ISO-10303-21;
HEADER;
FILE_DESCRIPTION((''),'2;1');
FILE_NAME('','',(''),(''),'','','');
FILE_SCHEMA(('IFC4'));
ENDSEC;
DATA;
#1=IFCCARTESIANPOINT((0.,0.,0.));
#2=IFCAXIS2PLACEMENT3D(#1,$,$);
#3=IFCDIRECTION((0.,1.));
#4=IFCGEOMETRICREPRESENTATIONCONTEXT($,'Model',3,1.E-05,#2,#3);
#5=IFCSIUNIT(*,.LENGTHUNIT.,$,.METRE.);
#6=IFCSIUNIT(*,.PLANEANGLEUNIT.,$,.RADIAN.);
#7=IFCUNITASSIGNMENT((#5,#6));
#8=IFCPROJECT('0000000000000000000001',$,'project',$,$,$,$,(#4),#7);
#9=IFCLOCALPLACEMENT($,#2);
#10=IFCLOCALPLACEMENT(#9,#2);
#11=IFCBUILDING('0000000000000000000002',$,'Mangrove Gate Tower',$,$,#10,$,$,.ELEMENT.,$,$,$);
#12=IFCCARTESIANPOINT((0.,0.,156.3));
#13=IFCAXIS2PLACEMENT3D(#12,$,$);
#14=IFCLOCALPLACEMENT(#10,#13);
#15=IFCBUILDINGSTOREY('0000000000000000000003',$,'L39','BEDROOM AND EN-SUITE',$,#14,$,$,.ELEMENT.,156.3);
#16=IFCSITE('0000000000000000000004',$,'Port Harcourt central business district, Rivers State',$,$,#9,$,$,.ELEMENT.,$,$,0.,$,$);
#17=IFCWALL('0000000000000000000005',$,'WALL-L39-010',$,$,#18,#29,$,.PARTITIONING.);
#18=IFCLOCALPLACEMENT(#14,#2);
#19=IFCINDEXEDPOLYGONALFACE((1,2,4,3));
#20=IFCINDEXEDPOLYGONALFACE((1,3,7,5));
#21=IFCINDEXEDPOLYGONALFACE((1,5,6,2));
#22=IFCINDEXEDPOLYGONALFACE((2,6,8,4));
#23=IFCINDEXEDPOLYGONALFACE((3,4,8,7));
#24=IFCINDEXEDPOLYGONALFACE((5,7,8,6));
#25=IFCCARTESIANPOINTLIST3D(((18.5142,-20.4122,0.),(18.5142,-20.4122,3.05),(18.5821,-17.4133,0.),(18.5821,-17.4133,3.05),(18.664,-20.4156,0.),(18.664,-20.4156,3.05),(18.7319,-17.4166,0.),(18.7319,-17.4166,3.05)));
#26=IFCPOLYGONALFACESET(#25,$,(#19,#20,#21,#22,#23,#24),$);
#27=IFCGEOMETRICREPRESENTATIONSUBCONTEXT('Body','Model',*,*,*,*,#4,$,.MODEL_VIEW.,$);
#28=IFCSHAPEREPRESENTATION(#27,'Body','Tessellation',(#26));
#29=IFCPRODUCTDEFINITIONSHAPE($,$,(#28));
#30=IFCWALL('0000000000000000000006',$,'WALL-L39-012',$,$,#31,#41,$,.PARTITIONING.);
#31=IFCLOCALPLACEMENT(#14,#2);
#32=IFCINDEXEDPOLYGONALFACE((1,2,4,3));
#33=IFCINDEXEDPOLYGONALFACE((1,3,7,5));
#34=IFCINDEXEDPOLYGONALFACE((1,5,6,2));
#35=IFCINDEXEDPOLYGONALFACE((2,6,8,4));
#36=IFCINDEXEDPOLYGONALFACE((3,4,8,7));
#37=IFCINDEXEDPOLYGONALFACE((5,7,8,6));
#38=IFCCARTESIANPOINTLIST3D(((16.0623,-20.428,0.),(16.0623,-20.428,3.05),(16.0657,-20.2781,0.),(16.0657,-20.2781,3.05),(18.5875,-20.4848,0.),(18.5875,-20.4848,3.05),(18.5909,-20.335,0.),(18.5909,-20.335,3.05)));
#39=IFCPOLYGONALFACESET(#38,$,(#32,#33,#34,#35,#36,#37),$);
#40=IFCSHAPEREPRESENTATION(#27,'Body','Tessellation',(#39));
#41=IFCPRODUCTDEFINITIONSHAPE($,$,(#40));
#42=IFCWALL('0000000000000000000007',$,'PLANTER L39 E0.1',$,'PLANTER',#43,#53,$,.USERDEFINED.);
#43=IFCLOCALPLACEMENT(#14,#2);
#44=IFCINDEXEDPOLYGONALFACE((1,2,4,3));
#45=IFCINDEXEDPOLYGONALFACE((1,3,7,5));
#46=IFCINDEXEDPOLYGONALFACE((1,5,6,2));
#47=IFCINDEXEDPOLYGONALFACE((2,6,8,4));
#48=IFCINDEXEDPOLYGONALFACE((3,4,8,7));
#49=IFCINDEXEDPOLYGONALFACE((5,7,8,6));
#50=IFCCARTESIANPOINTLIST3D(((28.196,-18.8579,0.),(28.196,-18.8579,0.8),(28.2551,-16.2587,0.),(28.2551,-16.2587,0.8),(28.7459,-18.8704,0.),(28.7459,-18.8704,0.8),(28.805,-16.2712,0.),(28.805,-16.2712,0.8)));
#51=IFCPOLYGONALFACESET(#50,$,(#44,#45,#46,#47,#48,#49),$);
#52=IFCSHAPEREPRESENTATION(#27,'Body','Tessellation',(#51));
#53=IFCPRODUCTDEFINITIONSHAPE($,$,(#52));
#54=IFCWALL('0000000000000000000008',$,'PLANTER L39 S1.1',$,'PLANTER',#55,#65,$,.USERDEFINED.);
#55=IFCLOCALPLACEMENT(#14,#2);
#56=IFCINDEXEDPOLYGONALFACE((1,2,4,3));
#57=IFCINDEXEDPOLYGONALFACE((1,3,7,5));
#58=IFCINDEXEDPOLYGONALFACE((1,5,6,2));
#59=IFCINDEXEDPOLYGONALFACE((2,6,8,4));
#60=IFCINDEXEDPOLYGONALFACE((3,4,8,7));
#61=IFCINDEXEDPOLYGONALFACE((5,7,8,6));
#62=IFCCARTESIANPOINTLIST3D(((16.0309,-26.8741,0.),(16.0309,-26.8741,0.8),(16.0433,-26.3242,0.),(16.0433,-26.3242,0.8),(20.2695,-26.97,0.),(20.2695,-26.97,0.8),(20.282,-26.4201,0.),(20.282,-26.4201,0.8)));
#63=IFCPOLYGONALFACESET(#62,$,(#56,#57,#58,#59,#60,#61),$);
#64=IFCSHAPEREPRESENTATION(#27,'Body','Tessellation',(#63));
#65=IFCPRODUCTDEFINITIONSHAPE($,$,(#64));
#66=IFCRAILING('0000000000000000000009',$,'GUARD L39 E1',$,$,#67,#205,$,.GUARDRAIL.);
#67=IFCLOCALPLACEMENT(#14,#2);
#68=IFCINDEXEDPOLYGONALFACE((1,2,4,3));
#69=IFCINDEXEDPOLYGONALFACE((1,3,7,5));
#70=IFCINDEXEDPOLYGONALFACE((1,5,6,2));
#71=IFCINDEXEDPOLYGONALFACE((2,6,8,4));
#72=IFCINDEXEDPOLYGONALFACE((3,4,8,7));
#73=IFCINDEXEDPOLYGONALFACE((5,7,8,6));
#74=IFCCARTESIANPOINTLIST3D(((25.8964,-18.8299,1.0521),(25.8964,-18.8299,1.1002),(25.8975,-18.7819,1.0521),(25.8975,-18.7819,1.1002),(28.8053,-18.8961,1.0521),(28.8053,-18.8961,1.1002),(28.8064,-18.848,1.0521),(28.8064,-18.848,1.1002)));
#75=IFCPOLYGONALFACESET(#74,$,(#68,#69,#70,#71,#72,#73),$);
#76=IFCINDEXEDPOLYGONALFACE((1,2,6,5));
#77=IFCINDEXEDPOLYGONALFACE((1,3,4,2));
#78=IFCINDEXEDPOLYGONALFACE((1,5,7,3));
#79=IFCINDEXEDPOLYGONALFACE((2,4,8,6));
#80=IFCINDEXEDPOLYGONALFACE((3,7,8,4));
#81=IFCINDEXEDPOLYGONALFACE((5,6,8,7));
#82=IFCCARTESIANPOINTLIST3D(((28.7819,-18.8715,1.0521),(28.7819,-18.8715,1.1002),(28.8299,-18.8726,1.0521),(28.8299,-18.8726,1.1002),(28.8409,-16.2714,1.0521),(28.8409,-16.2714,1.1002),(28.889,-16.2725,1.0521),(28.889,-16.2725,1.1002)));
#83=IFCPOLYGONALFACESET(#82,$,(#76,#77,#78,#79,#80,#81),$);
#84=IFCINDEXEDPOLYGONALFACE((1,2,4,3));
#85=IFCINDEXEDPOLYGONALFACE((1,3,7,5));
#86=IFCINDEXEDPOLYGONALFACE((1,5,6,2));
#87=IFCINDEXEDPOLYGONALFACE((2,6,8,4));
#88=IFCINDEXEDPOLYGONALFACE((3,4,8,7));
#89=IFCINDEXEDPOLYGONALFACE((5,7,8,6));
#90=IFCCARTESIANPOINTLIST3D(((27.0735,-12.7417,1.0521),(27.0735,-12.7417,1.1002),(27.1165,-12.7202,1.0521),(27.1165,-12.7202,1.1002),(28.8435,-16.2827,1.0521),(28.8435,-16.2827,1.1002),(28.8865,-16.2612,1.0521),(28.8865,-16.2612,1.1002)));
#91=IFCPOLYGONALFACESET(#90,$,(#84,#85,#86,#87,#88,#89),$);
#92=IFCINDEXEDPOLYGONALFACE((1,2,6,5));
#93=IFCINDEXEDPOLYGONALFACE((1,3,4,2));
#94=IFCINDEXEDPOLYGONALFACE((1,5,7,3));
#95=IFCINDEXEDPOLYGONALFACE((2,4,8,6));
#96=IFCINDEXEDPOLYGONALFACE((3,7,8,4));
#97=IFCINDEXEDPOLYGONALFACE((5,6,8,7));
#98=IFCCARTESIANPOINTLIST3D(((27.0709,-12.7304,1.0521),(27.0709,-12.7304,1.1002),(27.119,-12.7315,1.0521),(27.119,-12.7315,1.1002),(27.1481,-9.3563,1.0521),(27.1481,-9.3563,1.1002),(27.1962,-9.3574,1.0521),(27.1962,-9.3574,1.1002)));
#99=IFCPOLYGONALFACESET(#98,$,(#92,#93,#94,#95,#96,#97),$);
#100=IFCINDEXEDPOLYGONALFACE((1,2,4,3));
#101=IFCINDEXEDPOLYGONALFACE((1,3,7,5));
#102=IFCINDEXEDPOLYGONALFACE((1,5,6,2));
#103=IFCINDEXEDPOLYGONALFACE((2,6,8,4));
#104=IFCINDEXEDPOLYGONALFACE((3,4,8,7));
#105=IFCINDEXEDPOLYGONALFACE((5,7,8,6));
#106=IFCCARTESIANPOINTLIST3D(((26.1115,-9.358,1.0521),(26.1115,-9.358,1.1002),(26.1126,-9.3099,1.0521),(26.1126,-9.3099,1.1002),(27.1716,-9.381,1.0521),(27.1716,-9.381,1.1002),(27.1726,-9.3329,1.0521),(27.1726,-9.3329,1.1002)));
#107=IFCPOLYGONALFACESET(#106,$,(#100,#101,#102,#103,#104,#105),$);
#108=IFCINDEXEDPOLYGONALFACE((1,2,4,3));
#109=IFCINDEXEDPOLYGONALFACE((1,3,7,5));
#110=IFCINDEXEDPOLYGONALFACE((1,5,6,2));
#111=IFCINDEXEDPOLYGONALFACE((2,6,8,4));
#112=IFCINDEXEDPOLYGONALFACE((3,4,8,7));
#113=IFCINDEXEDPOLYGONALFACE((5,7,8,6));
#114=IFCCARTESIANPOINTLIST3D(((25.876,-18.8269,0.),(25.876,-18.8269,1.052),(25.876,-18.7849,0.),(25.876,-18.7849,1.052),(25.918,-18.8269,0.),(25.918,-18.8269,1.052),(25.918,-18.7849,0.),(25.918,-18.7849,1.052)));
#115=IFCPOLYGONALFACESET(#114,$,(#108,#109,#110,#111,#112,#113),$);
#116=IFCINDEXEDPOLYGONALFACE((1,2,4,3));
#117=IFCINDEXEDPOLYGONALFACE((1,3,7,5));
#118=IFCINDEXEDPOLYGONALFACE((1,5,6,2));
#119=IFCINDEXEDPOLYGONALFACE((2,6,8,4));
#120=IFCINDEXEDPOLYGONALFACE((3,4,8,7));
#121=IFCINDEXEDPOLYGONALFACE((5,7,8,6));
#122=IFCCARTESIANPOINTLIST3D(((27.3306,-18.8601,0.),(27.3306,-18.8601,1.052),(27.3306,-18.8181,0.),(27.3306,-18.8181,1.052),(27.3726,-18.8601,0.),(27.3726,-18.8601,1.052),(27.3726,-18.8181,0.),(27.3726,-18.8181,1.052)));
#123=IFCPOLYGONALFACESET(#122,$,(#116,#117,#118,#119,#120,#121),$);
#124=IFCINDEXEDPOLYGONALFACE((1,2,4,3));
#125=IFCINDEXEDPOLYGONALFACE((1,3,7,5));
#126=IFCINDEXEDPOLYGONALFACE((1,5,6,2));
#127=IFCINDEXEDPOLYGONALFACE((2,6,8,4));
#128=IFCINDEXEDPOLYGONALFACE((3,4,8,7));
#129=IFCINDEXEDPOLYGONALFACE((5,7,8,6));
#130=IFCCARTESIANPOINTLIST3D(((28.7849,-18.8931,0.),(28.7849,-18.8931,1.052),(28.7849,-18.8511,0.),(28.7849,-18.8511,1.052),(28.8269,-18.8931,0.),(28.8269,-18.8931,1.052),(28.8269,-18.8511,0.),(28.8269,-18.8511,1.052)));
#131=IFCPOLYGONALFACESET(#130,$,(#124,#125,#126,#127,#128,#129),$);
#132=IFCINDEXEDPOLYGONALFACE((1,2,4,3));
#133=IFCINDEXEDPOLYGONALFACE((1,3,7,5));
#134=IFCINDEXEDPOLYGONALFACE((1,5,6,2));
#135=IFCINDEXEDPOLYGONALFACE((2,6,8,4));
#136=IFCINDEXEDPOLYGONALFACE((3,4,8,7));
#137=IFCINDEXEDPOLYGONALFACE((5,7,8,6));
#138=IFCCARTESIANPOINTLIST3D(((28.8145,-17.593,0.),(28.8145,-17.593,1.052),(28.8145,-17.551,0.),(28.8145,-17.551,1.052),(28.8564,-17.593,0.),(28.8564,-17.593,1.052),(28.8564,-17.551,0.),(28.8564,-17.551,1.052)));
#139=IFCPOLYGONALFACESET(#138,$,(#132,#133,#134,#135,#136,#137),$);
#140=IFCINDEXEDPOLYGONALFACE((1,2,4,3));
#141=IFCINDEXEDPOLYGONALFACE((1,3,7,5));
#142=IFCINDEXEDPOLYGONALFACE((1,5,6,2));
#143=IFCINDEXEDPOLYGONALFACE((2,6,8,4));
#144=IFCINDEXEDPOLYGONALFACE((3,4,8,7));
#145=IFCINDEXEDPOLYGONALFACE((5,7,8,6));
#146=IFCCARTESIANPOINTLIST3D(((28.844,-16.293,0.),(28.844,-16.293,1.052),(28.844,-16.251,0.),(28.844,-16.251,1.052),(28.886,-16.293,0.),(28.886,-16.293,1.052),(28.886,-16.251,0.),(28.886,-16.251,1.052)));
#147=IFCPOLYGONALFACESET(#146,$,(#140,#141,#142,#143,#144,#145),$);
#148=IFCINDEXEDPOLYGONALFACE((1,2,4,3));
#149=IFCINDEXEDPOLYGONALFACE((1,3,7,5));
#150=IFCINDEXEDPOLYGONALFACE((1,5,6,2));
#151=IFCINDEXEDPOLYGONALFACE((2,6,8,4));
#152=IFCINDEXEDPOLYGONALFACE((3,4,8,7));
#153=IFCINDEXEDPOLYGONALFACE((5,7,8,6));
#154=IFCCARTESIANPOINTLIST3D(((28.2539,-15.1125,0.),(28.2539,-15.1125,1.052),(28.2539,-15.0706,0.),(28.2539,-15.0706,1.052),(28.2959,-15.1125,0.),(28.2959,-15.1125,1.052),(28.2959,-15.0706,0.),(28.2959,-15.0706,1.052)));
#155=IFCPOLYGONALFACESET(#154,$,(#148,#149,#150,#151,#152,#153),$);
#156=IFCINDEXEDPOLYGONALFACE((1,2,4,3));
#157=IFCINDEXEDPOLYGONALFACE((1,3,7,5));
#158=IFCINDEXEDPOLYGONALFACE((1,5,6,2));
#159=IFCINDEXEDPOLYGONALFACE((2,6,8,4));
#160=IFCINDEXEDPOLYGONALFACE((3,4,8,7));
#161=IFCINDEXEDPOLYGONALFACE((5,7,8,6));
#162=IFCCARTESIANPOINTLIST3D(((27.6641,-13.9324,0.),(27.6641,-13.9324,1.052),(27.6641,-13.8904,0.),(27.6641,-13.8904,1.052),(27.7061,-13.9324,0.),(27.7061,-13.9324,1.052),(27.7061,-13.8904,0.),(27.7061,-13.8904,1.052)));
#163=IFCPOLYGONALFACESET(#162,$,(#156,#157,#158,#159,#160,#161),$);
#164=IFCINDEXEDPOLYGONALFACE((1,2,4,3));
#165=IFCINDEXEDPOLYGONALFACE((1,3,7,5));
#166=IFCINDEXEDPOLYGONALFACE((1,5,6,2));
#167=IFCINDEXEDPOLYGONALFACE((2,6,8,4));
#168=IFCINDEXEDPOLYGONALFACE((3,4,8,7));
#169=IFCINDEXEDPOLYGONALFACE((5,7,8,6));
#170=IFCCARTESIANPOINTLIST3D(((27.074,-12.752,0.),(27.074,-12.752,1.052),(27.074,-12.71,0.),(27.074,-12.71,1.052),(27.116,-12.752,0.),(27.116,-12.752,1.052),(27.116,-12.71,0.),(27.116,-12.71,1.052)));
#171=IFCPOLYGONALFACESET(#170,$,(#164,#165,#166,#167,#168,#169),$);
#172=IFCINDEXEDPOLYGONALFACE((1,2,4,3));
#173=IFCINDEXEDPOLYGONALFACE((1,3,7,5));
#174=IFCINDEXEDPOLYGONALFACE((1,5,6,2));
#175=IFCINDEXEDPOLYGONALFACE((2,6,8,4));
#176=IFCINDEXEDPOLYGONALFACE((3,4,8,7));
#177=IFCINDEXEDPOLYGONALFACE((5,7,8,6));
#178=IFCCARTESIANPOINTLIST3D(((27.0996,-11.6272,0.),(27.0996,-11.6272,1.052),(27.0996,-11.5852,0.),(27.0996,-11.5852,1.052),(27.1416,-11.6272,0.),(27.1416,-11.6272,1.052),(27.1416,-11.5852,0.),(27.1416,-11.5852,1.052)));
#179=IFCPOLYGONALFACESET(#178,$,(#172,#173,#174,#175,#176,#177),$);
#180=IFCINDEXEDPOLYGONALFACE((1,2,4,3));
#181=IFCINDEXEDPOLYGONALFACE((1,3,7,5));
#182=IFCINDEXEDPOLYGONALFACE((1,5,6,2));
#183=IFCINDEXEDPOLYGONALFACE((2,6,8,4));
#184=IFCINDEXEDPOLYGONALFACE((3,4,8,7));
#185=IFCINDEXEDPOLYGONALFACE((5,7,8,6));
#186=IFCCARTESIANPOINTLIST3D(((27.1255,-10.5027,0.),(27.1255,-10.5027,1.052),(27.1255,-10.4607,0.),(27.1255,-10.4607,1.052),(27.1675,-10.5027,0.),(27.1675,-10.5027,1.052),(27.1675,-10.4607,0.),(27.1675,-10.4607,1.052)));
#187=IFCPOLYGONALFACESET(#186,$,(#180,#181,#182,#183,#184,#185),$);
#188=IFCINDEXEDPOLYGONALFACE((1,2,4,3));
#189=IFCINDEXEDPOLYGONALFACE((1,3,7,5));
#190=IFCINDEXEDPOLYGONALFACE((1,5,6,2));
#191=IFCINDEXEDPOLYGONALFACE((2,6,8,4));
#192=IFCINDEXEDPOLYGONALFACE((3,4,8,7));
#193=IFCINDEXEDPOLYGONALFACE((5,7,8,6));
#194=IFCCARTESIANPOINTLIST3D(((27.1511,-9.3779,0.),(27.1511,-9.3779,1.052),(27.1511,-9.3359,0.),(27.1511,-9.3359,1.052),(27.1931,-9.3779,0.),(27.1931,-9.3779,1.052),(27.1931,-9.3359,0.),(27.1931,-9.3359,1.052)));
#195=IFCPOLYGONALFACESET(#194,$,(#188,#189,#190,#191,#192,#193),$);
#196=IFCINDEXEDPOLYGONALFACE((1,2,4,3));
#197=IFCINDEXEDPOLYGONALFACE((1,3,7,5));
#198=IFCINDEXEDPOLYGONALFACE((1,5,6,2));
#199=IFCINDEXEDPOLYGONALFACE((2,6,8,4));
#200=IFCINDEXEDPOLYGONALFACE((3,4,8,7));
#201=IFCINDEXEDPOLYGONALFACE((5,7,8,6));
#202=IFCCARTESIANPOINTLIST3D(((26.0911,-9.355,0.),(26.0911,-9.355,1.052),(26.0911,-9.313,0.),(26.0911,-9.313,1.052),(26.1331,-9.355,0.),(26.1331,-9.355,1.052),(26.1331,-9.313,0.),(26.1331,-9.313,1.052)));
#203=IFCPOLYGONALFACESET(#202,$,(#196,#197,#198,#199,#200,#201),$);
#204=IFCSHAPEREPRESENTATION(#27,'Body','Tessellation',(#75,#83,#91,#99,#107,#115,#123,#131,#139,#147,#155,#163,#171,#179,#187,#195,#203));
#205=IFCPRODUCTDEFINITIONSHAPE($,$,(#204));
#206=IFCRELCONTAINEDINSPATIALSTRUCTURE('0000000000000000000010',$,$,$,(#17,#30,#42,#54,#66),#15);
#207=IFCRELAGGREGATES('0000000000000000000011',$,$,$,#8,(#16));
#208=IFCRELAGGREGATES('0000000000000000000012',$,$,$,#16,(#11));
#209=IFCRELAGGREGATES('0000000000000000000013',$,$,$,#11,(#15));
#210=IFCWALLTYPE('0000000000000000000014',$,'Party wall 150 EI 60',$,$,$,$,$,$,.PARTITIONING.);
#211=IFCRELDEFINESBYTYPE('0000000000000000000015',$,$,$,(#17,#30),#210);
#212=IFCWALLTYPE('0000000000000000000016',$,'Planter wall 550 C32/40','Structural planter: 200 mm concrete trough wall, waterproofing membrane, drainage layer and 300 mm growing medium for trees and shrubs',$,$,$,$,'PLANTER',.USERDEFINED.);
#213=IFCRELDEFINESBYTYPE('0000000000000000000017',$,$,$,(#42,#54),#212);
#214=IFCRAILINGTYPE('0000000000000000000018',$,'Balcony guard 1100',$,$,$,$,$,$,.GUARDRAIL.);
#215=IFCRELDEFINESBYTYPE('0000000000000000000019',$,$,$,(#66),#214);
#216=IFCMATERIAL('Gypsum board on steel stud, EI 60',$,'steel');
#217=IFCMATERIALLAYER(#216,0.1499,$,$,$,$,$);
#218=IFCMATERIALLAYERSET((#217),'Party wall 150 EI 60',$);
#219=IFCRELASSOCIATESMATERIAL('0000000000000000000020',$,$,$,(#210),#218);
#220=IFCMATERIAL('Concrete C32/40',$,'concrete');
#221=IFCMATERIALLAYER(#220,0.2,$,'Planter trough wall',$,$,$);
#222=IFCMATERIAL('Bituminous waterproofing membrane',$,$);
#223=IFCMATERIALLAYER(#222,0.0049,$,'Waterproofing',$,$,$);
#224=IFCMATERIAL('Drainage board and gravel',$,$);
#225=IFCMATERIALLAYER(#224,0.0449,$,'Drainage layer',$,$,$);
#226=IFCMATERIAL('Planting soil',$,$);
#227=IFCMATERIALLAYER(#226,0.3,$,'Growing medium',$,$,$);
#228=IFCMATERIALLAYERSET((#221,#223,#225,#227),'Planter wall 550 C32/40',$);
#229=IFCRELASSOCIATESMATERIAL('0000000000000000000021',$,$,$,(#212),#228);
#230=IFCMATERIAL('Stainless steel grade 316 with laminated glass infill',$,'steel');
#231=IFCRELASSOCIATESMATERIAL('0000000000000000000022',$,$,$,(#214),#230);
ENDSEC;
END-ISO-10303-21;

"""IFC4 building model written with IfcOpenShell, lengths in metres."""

from ifc_helpers import new_model, si_unit, direction, frame, frame_2d, origin, origin_2d, place, context, subcontext, project, spatial, rectangle, extrude, material, layer, layer_set, type_object, element, save


model = new_model("IFC4")

# Units and contexts
model_context = context("Model", 3, precision=1e-05, world=origin(), true_north=direction((0.0, 1.0)))
body_context = subcontext(model_context, "Body", "Model", "MODEL_VIEW")
ifc_project = project(units=[si_unit("LENGTHUNIT", "METRE"), si_unit("PLANEANGLEUNIT", "RADIAN")], contexts=[model_context])

# Site, building, storey
site_placement = place(None, origin())
site = spatial("IfcSite", under=ifc_project, at=site_placement, Name="Port Harcourt central business district, Rivers State", CompositionType="ELEMENT", RefElevation=0.0)
building_placement = place(site_placement, origin())
building = spatial("IfcBuilding", under=site, at=building_placement, Name="Mangrove Gate Tower", CompositionType="ELEMENT")
storey_placement = place(building_placement, frame((0.0, 0.0, 156.3)))
storey = spatial("IfcBuildingStorey", under=building, at=storey_placement, Name="L39", Description="BEDROOM AND EN-SUITE", CompositionType="ELEMENT", Elevation=156.3)

# Walls
ifc_material_1 = material(Name="Gypsum board on steel stud, EI 60", Category="steel")
ifc_layer_1 = layer(ifc_material_1, 0.1499)
ifc_layer_set_1 = layer_set([ifc_layer_1], Name="Party wall 150 EI 60")
wall_type_1 = type_object("IfcWallType", Name="Party wall 150 EI 60", PredefinedType="PARTITIONING", material=ifc_layer_set_1)
wall_1_placement = place(storey_placement, frame((18.5891, -20.4141, 0.0), z_axis=(0.0, 0.0, 1.0), x_axis=(0.022625, 0.999744, 0.0)))
element("IfcWall", 1, at=wall_1_placement, inside=storey, type_object=wall_type_1, Name="WALL-L39-010", PredefinedType="PARTITIONING", context=body_context, shape_type="SweptSolid", body=[
    extrude(rectangle(XDim=2.9998, YDim=0.1499, at=frame_2d((1.5, 0.0))), origin(), (0.0, 0.0, 1.0), 3.05),
])
wall_2_placement = place(storey_placement, frame((16.064, -20.353, 0.0), z_axis=(0.0, 0.0, 1.0), x_axis=(0.999746, -0.022522, 0.0)))
element("IfcWall", 2, at=wall_2_placement, inside=storey, type_object=wall_type_1, Name="WALL-L39-012", PredefinedType="PARTITIONING", context=body_context, shape_type="SweptSolid", body=[
    extrude(rectangle(XDim=2.5259, YDim=0.1499, at=frame_2d((1.2629, 0.0))), origin(), (0.0, 0.0, 1.0), 3.05),
])
ifc_material_2 = material(Name="Concrete C32/40", Category="concrete")
ifc_layer_2 = layer(ifc_material_2, 0.2, Name="Planter trough wall")
ifc_material_3 = material(Name="Bituminous waterproofing membrane")
ifc_layer_3 = layer(ifc_material_3, 0.0049, Name="Waterproofing")
ifc_material_4 = material(Name="Drainage board and gravel")
ifc_layer_4 = layer(ifc_material_4, 0.0449, Name="Drainage layer")
ifc_material_5 = material(Name="Planting soil")
ifc_layer_5 = layer(ifc_material_5, 0.3, Name="Growing medium")
ifc_layer_set_2 = layer_set([ifc_layer_2, ifc_layer_3, ifc_layer_4, ifc_layer_5], Name="Planter wall 550 C32/40")
wall_type_2 = type_object("IfcWallType", Name="Planter wall 550 C32/40", Description="Structural planter: 200 mm concrete trough wall, waterproofing membrane, drainage layer and 300 mm growing medium for trees and shrubs", ElementType="PLANTER", PredefinedType="USERDEFINED", material=ifc_layer_set_2)
wall_3_placement = place(storey_placement, frame((28.4709, -18.864, 0.0), z_axis=(0.0, 0.0, 1.0), x_axis=(0.022726, 0.999742, 0.0)))
element("IfcWall", 3, at=wall_3_placement, inside=storey, type_object=wall_type_2, Name="PLANTER L39 E0.1", ObjectType="PLANTER", PredefinedType="USERDEFINED", context=body_context, shape_type="SweptSolid", body=[
    extrude(rectangle(XDim=2.5999, YDim=0.55, at=frame_2d((1.2998, 0.0))), origin(), (0.0, 0.0, 1.0), 0.8),
])
wall_4_placement = place(storey_placement, frame((16.0371, -26.5991, 0.0), z_axis=(0.0, 0.0, 1.0), x_axis=(0.999744, -0.02263, 0.0)))
element("IfcWall", 4, at=wall_4_placement, inside=storey, type_object=wall_type_2, Name="PLANTER L39 S1.1", ObjectType="PLANTER", PredefinedType="USERDEFINED", context=body_context, shape_type="SweptSolid", body=[
    extrude(rectangle(XDim=4.2397, YDim=0.55, at=frame_2d((2.1199, 0.0))), origin(), (0.0, 0.0, 1.0), 0.8),
])

# Railing
ifc_material_6 = material(Name="Stainless steel grade 316 with laminated glass infill", Category="steel")
railing_type = type_object("IfcRailingType", Name="Balcony guard 1100", PredefinedType="GUARDRAIL", material=ifc_material_6)
railing_placement = place(storey_placement, frame((25.897, -18.8059, 0.0)))
element("IfcRailing", 5, at=railing_placement, inside=storey, type_object=railing_type, Name="GUARD L39 E1", PredefinedType="GUARDRAIL", context=body_context, shape_type="SweptSolid", body=[
    extrude(rectangle(XDim=0.0481, YDim=0.0481, at=origin_2d()), frame((0.0, 0.0, 1.0762), z_axis=(0.999741, -0.022739, 0.0), x_axis=(0.022739, 0.999741, 0.0)), (0.0, 0.0, 1.0), 2.9097),
    extrude(rectangle(XDim=0.0481, YDim=0.0481, at=origin_2d()), frame((2.9089, -0.0662, 1.0762), z_axis=(0.022717, 0.999742, 0.0), x_axis=(-0.999742, 0.022717, 0.0)), (0.0, 0.0, 1.0), 2.6008),
    extrude(rectangle(XDim=0.0481, YDim=0.0481, at=origin_2d()), frame((2.968, 2.5339, 1.0762), z_axis=(-0.447115, 0.894477, 0.0), x_axis=(-0.894477, -0.447115, 0.0)), (0.0, 0.0, 1.0), 3.9587),
    extrude(rectangle(XDim=0.0481, YDim=0.0481, at=origin_2d()), frame((1.198, 6.075, 1.0762), z_axis=(0.022859, 0.999739, 0.0), x_axis=(-0.999739, 0.022859, 0.0)), (0.0, 0.0, 1.0), 3.375),
    extrude(rectangle(XDim=0.0481, YDim=0.0481, at=origin_2d()), frame((1.2751, 9.449, 1.0762), z_axis=(-0.999766, 0.021644, 0.0), x_axis=(-0.021644, -0.999766, 0.0)), (0.0, 0.0, 1.0), 1.0603),
    extrude(rectangle(XDim=0.042, YDim=0.042, at=origin_2d()), origin(), (0.0, 0.0, 1.0), 1.052),
    extrude(rectangle(XDim=0.042, YDim=0.042, at=origin_2d()), frame((1.4546, -0.0332, 0.0)), (0.0, 0.0, 1.0), 1.052),
    extrude(rectangle(XDim=0.042, YDim=0.042, at=origin_2d()), frame((2.9089, -0.0662, 0.0)), (0.0, 0.0, 1.0), 1.052),
    extrude(rectangle(XDim=0.042, YDim=0.042, at=origin_2d()), frame((2.9385, 1.2339, 0.0)), (0.0, 0.0, 1.0), 1.052),
    extrude(rectangle(XDim=0.042, YDim=0.042, at=origin_2d()), frame((2.968, 2.5339, 0.0)), (0.0, 0.0, 1.0), 1.052),
    extrude(rectangle(XDim=0.042, YDim=0.042, at=origin_2d()), frame((2.3779, 3.7144, 0.0)), (0.0, 0.0, 1.0), 1.052),
    extrude(rectangle(XDim=0.042, YDim=0.042, at=origin_2d()), frame((1.7881, 4.8945, 0.0)), (0.0, 0.0, 1.0), 1.052),
    extrude(rectangle(XDim=0.042, YDim=0.042, at=origin_2d()), frame((1.198, 6.075, 0.0)), (0.0, 0.0, 1.0), 1.052),
    extrude(rectangle(XDim=0.042, YDim=0.042, at=origin_2d()), frame((1.2236, 7.1997, 0.0)), (0.0, 0.0, 1.0), 1.052),
    extrude(rectangle(XDim=0.042, YDim=0.042, at=origin_2d()), frame((1.2495, 8.3242, 0.0)), (0.0, 0.0, 1.0), 1.052),
    extrude(rectangle(XDim=0.042, YDim=0.042, at=origin_2d()), frame((1.2751, 9.449, 0.0)), (0.0, 0.0, 1.0), 1.052),
    extrude(rectangle(XDim=0.042, YDim=0.042, at=origin_2d()), frame((0.2151, 9.4719, 0.0)), (0.0, 0.0, 1.0), 1.052),
])

save(model, "model.ifc")
